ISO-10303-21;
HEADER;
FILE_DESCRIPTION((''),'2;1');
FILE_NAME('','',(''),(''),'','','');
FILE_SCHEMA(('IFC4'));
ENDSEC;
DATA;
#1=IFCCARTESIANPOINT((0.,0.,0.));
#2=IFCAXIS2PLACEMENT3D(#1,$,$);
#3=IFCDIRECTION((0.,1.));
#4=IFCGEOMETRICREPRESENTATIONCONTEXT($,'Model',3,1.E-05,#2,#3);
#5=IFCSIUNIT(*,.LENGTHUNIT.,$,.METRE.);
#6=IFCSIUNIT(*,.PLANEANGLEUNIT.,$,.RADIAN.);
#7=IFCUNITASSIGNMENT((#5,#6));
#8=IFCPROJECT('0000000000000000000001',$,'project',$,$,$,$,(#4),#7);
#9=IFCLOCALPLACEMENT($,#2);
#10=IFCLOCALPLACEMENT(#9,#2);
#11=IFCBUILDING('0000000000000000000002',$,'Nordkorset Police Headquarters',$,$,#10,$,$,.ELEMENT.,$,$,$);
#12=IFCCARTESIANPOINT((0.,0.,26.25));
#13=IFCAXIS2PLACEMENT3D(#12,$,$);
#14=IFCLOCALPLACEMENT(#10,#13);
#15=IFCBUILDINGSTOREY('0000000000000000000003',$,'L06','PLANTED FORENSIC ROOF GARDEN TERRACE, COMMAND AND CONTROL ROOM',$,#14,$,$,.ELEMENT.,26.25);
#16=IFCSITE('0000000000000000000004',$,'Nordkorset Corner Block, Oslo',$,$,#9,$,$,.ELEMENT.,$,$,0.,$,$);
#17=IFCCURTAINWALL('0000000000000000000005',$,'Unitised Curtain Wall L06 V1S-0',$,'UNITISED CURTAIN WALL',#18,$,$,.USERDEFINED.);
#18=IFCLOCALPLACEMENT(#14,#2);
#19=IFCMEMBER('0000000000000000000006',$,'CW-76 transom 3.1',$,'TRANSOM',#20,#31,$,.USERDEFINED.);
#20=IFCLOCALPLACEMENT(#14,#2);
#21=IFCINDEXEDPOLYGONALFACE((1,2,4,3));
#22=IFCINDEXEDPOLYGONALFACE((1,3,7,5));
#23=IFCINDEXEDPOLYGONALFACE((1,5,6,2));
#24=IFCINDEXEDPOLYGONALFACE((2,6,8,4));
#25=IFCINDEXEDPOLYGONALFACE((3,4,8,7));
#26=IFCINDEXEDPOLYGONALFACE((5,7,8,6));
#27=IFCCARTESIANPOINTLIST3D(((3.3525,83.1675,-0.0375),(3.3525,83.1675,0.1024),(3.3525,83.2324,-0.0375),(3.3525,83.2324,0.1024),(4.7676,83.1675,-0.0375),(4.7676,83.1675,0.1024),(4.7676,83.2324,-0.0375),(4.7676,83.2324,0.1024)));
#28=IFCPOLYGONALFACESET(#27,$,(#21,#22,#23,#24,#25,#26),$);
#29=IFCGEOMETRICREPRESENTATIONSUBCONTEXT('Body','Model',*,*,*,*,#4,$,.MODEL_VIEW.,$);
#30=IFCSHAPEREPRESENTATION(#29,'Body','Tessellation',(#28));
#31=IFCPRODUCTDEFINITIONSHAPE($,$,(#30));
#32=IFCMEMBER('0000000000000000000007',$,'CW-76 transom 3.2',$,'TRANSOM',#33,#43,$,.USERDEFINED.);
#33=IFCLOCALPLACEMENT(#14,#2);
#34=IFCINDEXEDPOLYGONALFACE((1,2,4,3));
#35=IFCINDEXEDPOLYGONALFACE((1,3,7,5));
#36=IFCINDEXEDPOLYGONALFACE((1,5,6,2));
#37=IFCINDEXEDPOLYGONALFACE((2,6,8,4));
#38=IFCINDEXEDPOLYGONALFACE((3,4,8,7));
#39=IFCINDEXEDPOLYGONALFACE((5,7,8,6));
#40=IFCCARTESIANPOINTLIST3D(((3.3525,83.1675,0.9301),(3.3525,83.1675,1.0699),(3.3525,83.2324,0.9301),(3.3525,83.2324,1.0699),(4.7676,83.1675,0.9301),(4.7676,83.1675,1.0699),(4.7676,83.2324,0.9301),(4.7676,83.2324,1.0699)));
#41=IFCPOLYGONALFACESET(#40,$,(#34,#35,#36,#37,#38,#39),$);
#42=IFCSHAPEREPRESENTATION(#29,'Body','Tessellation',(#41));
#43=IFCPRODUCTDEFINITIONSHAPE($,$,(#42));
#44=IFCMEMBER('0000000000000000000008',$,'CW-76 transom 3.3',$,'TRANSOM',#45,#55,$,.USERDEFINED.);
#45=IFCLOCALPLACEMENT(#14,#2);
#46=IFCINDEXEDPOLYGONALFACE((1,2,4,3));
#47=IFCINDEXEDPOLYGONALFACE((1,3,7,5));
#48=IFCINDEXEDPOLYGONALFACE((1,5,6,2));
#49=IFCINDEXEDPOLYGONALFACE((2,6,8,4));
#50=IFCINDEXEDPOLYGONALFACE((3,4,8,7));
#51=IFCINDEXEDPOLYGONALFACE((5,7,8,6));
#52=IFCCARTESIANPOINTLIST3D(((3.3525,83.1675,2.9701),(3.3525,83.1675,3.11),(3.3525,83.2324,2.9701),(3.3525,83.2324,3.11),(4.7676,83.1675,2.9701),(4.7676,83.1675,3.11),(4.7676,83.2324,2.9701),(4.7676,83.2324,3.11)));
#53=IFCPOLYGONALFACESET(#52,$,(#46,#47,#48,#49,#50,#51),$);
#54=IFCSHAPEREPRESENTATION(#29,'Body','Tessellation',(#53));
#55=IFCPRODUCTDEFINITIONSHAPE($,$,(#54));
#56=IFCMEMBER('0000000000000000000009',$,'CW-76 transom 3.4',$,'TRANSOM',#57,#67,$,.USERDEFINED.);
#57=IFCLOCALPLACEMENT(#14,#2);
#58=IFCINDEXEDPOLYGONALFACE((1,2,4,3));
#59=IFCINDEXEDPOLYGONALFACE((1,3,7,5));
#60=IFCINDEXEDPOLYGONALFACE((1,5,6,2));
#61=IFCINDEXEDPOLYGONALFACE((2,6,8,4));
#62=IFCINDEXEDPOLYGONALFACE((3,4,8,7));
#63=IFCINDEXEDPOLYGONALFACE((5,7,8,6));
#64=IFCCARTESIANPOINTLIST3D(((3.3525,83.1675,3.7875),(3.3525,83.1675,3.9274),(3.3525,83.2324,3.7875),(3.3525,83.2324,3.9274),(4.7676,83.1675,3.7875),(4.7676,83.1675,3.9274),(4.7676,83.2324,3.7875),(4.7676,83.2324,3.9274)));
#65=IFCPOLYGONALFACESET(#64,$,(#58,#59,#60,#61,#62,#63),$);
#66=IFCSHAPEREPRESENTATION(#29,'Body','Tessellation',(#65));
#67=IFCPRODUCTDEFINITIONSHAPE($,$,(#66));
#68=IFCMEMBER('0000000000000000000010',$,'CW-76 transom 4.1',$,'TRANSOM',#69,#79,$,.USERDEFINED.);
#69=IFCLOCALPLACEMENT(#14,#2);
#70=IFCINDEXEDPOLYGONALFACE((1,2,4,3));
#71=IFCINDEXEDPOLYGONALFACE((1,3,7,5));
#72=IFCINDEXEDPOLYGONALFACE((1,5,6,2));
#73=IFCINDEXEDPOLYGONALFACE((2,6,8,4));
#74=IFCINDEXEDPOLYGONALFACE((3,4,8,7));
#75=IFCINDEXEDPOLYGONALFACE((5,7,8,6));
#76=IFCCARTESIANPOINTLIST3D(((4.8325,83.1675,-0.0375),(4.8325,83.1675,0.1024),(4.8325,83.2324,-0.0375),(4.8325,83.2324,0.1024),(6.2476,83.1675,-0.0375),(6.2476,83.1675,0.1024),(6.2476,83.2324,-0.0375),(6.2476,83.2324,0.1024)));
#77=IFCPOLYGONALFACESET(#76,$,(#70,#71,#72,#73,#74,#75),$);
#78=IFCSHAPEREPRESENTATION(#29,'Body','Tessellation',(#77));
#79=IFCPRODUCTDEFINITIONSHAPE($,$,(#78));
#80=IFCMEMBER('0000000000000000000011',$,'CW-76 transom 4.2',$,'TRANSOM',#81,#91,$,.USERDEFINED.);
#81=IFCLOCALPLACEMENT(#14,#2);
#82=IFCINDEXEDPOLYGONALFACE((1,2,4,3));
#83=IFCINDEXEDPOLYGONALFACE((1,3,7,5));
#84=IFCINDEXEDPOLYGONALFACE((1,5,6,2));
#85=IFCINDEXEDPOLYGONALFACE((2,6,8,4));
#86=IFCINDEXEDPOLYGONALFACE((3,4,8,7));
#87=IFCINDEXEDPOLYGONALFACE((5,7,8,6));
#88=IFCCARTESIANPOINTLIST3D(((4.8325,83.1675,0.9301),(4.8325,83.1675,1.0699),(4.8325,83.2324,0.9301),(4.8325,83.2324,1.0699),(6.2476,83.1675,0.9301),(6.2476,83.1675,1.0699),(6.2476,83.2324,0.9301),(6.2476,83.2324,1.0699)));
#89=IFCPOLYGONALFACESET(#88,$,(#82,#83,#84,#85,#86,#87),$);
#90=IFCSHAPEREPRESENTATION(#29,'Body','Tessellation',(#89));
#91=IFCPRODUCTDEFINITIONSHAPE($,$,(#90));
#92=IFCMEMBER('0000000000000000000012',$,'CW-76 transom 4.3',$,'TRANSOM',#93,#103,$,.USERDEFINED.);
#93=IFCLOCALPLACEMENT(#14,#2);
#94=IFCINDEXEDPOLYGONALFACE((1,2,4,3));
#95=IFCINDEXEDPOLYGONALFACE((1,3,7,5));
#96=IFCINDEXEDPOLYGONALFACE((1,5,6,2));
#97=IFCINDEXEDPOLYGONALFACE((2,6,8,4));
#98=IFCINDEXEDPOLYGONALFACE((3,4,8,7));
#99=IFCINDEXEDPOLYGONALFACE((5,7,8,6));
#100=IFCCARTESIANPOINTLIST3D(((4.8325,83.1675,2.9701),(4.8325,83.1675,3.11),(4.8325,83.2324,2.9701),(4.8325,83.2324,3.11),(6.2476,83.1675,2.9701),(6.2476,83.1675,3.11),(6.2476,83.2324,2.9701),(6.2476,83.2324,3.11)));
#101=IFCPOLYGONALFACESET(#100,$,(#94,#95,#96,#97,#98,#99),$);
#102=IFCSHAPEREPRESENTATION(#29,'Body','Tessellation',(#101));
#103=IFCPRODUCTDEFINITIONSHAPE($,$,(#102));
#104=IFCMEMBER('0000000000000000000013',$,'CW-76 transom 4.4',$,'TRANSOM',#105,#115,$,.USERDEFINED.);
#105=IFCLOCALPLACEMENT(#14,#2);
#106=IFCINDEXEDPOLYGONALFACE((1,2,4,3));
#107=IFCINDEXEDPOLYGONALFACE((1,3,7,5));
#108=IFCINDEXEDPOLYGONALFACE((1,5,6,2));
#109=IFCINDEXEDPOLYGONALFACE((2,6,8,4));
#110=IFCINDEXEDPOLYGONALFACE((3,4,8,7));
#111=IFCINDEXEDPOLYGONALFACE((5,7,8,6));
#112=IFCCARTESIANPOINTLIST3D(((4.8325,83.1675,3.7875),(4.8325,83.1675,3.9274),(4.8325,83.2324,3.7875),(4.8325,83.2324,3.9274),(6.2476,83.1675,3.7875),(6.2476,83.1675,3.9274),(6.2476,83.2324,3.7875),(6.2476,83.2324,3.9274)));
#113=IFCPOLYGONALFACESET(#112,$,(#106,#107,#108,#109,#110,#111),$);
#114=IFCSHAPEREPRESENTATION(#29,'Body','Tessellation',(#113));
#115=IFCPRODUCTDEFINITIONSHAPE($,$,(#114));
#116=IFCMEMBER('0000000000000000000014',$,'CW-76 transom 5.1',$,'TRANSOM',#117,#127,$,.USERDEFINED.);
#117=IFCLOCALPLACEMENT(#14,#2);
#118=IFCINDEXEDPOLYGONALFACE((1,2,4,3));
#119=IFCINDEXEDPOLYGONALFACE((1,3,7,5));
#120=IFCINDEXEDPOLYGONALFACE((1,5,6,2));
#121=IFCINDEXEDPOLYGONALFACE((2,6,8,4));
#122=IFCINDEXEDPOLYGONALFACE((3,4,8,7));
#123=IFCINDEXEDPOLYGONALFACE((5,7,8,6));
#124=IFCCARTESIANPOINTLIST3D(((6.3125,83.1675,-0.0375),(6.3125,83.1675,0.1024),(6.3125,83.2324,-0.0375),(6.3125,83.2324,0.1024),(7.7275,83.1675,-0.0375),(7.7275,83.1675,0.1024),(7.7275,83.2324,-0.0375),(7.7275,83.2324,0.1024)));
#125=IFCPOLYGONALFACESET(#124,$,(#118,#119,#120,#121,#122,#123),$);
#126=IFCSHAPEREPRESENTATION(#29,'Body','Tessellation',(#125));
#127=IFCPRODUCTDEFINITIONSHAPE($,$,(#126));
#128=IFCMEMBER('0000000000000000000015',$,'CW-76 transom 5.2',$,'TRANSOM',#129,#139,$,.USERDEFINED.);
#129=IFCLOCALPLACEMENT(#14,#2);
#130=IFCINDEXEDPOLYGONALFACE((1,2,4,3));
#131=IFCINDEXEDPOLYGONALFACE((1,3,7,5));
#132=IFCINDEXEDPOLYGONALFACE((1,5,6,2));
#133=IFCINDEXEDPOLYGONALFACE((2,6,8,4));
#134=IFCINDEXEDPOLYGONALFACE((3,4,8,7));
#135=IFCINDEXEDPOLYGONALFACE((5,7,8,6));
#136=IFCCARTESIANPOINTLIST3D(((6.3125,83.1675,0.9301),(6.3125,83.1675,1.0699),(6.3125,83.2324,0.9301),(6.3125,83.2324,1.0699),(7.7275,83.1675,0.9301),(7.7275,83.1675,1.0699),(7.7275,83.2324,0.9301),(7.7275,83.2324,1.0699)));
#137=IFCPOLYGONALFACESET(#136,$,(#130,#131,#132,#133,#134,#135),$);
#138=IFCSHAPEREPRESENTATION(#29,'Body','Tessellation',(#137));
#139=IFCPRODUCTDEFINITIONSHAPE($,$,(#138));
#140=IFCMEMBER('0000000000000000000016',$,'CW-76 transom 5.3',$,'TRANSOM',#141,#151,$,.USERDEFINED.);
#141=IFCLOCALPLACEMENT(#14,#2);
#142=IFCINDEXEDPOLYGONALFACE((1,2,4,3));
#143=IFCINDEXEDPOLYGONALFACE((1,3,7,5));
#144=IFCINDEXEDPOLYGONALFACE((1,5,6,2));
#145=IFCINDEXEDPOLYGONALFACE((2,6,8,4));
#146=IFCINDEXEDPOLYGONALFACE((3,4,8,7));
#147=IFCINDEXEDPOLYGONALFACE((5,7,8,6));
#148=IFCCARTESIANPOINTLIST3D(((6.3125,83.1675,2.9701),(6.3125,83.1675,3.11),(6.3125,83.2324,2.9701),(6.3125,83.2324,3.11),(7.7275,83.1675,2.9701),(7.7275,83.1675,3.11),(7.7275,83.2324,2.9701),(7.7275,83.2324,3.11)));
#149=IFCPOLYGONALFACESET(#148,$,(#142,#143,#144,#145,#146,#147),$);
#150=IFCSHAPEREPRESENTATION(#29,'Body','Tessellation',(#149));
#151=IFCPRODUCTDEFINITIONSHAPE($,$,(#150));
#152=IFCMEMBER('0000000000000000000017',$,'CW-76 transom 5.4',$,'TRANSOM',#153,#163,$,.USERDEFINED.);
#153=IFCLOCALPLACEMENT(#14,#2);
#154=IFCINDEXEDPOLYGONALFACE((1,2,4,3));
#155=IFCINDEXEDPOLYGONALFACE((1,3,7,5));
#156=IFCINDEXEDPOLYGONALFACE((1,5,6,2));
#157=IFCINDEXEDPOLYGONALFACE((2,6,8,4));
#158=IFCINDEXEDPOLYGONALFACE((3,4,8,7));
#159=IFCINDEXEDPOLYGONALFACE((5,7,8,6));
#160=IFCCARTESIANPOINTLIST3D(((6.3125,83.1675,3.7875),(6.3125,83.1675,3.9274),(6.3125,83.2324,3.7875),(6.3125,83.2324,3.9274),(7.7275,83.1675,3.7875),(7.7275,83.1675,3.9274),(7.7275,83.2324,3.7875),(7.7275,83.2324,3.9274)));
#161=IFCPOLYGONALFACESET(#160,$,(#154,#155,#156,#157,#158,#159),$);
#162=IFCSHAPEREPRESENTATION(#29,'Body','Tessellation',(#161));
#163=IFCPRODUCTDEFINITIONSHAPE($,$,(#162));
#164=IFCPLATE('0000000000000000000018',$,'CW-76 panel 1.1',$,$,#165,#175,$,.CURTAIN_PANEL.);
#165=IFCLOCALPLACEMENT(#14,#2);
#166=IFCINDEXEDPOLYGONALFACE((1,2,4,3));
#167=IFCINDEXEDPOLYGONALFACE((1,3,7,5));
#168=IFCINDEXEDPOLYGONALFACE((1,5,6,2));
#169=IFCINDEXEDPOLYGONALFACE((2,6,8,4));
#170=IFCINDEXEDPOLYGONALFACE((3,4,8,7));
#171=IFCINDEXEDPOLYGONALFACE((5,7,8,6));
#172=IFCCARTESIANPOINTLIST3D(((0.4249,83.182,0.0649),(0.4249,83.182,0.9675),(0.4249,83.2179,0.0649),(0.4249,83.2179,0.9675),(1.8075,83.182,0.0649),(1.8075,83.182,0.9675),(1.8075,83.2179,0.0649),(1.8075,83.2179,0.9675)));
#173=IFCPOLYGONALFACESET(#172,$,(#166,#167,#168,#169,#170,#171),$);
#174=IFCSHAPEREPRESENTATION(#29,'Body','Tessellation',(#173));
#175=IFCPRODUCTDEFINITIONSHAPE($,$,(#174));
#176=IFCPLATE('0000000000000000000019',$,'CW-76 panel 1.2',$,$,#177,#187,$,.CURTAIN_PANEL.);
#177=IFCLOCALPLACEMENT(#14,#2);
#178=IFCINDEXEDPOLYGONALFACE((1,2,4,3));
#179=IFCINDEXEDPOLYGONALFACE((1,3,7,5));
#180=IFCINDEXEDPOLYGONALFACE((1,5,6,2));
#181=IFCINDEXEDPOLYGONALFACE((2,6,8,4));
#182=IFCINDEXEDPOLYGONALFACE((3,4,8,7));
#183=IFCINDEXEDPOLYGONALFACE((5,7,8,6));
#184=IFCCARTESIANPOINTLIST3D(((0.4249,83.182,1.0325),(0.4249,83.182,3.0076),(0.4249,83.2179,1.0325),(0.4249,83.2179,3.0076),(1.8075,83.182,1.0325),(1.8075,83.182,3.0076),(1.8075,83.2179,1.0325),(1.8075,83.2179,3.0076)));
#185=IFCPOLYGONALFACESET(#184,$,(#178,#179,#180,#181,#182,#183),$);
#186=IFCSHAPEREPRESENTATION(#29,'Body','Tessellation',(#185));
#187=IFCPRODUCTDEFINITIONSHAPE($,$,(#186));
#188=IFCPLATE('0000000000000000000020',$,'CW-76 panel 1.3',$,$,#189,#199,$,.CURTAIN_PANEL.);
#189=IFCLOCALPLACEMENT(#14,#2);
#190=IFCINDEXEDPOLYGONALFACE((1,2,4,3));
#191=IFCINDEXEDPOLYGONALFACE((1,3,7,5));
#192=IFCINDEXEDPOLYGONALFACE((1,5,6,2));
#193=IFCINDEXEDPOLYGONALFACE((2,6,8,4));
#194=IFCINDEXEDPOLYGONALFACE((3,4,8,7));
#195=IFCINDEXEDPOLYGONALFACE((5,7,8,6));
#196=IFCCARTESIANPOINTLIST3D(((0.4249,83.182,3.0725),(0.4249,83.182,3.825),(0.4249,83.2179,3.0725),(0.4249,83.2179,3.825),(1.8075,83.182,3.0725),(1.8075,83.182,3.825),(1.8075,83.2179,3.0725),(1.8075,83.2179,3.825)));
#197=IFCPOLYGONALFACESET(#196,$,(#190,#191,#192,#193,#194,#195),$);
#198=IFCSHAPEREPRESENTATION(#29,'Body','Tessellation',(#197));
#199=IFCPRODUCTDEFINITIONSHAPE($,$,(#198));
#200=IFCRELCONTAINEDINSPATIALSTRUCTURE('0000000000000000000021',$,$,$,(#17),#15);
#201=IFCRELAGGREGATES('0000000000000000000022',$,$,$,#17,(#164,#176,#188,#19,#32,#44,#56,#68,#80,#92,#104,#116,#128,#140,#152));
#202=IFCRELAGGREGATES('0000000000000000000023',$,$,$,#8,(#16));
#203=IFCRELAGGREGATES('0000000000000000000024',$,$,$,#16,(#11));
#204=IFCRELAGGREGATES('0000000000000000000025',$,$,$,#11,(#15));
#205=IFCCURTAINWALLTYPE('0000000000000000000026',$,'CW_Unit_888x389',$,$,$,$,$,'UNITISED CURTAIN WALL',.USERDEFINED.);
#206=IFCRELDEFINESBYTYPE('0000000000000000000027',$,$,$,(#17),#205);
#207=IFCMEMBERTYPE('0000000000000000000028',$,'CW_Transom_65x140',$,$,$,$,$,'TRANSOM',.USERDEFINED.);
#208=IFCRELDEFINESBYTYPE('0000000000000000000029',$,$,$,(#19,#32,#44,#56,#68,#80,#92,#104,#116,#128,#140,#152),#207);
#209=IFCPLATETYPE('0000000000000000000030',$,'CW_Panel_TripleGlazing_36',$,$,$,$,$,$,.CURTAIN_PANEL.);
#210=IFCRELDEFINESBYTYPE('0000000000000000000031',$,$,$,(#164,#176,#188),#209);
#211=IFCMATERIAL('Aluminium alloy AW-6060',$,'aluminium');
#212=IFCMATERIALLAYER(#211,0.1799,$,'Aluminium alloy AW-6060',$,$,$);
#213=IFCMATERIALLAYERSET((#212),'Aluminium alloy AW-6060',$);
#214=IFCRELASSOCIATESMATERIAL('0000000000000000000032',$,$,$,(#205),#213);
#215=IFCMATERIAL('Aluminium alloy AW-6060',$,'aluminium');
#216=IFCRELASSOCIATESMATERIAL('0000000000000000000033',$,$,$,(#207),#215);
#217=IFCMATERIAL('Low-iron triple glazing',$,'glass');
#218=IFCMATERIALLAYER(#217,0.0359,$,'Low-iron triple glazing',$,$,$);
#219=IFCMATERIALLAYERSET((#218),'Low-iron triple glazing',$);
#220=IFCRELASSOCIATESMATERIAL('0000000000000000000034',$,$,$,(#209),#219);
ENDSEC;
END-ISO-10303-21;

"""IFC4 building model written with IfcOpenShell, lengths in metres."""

from ifc_helpers import new_model, si_unit, direction, frame, origin, origin_2d, place, context, subcontext, project, spatial, rectangle, extrude, material, layer, layer_set, material_profile, profile_set, type_object, element, aggregate, save


model = new_model("IFC4")

# Units and contexts
model_context = context("Model", 3, precision=1e-05, world=origin(), true_north=direction((0.0, 1.0)))
body_context = subcontext(model_context, "Body", "Model", "MODEL_VIEW")
ifc_project = project(units=[si_unit("LENGTHUNIT", "METRE"), si_unit("PLANEANGLEUNIT", "RADIAN")], contexts=[model_context])

# Site, building, storey
site_placement = place(None, origin())
site = spatial("IfcSite", under=ifc_project, at=site_placement, Name="Nordkorset Corner Block, Oslo", CompositionType="ELEMENT", RefElevation=0.0)
building_placement = place(site_placement, origin())
building = spatial("IfcBuilding", under=site, at=building_placement, Name="Nordkorset Police Headquarters", CompositionType="ELEMENT")
storey_placement = place(building_placement, frame((0.0, 0.0, 26.25)))
storey = spatial("IfcBuildingStorey", under=building, at=storey_placement, Name="L06", Description="PLANTED FORENSIC ROOF GARDEN TERRACE, COMMAND AND CONTROL ROOM", CompositionType="ELEMENT", Elevation=26.25)

# Curtain wall, members, plates
ifc_material_1 = material(Name="Aluminium alloy AW-6060", Category="aluminium")
ifc_layer_1 = layer(ifc_material_1, 0.1799, Name="Aluminium alloy AW-6060")
ifc_layer_set_1 = layer_set([ifc_layer_1], Name="Aluminium alloy AW-6060")
curtain_wall_type = type_object("IfcCurtainWallType", Name="CW_Unit_888x389", ElementType="UNITISED CURTAIN WALL", PredefinedType="USERDEFINED", material=ifc_layer_set_1)
curtain_wall_placement = place(storey_placement, origin())
curtain_wall = element("IfcCurtainWall", 1, at=curtain_wall_placement, inside=storey, type_object=curtain_wall_type, Name="Unitised Curtain Wall L06 V1S-0", ObjectType="UNITISED CURTAIN WALL", PredefinedType="USERDEFINED")
ifc_material_2 = material(Name="Aluminium alloy AW-6060", Category="aluminium")
ifc_material_profile_1 = material_profile(ifc_material_2, rectangle(XDim=0.0649, YDim=0.1399, at=origin_2d()), Name="ALU TRAN 65x140")
ifc_profile_set_1 = profile_set([ifc_material_profile_1], Name="Aluminium alloy AW-6060")
member_type_1 = type_object("IfcMemberType", Name="CW_Transom_65x140", ElementType="TRANSOM", PredefinedType="USERDEFINED", material=ifc_profile_set_1)
member_1_placement = place(storey_placement, frame((3.3525, 83.2, 0.0325), z_axis=(1.0, 0.0, 0.0), x_axis=(0.0, 1.0, 0.0)))
member_1 = element("IfcMember", 2, at=member_1_placement, type_object=member_type_1, Name="CW-76 transom 3.1", ObjectType="TRANSOM", PredefinedType="USERDEFINED", context=body_context, shape_type="SweptSolid", body=[
    extrude(rectangle(XDim=0.0649, YDim=0.1399, at=origin_2d()), origin(), (0.0, 0.0, 1.0), 1.415),
])
member_2_placement = place(storey_placement, frame((3.3525, 83.2, 1.0), z_axis=(1.0, 0.0, 0.0), x_axis=(0.0, 1.0, 0.0)))
member_2 = element("IfcMember", 3, at=member_2_placement, type_object=member_type_1, Name="CW-76 transom 3.2", ObjectType="TRANSOM", PredefinedType="USERDEFINED", context=body_context, shape_type="SweptSolid", body=[
    extrude(rectangle(XDim=0.0649, YDim=0.1399, at=origin_2d()), origin(), (0.0, 0.0, 1.0), 1.415),
])
member_3_placement = place(storey_placement, frame((3.3525, 83.2, 3.04), z_axis=(1.0, 0.0, 0.0), x_axis=(0.0, 1.0, 0.0)))
member_3 = element("IfcMember", 4, at=member_3_placement, type_object=member_type_1, Name="CW-76 transom 3.3", ObjectType="TRANSOM", PredefinedType="USERDEFINED", context=body_context, shape_type="SweptSolid", body=[
    extrude(rectangle(XDim=0.0649, YDim=0.1399, at=origin_2d()), origin(), (0.0, 0.0, 1.0), 1.415),
])
member_4_placement = place(storey_placement, frame((3.3525, 83.2, 3.8574), z_axis=(1.0, 0.0, 0.0), x_axis=(0.0, 1.0, 0.0)))
member_4 = element("IfcMember", 5, at=member_4_placement, type_object=member_type_1, Name="CW-76 transom 3.4", ObjectType="TRANSOM", PredefinedType="USERDEFINED", context=body_context, shape_type="SweptSolid", body=[
    extrude(rectangle(XDim=0.0649, YDim=0.1399, at=origin_2d()), origin(), (0.0, 0.0, 1.0), 1.415),
])
member_5_placement = place(storey_placement, frame((4.8325, 83.2, 0.0325), z_axis=(1.0, 0.0, 0.0), x_axis=(0.0, 1.0, 0.0)))
member_5 = element("IfcMember", 6, at=member_5_placement, type_object=member_type_1, Name="CW-76 transom 4.1", ObjectType="TRANSOM", PredefinedType="USERDEFINED", context=body_context, shape_type="SweptSolid", body=[
    extrude(rectangle(XDim=0.0649, YDim=0.1399, at=origin_2d()), origin(), (0.0, 0.0, 1.0), 1.415),
])
member_6_placement = place(storey_placement, frame((4.8325, 83.2, 1.0), z_axis=(1.0, 0.0, 0.0), x_axis=(0.0, 1.0, 0.0)))
member_6 = element("IfcMember", 7, at=member_6_placement, type_object=member_type_1, Name="CW-76 transom 4.2", ObjectType="TRANSOM", PredefinedType="USERDEFINED", context=body_context, shape_type="SweptSolid", body=[
    extrude(rectangle(XDim=0.0649, YDim=0.1399, at=origin_2d()), origin(), (0.0, 0.0, 1.0), 1.415),
])
member_7_placement = place(storey_placement, frame((4.8325, 83.2, 3.04), z_axis=(1.0, 0.0, 0.0), x_axis=(0.0, 1.0, 0.0)))
member_7 = element("IfcMember", 8, at=member_7_placement, type_object=member_type_1, Name="CW-76 transom 4.3", ObjectType="TRANSOM", PredefinedType="USERDEFINED", context=body_context, shape_type="SweptSolid", body=[
    extrude(rectangle(XDim=0.0649, YDim=0.1399, at=origin_2d()), origin(), (0.0, 0.0, 1.0), 1.415),
])
member_8_placement = place(storey_placement, frame((4.8325, 83.2, 3.8574), z_axis=(1.0, 0.0, 0.0), x_axis=(0.0, 1.0, 0.0)))
member_8 = element("IfcMember", 9, at=member_8_placement, type_object=member_type_1, Name="CW-76 transom 4.4", ObjectType="TRANSOM", PredefinedType="USERDEFINED", context=body_context, shape_type="SweptSolid", body=[
    extrude(rectangle(XDim=0.0649, YDim=0.1399, at=origin_2d()), origin(), (0.0, 0.0, 1.0), 1.415),
])
member_9_placement = place(storey_placement, frame((6.3125, 83.2, 0.0325), z_axis=(1.0, 0.0, 0.0), x_axis=(0.0, 1.0, 0.0)))
member_9 = element("IfcMember", 10, at=member_9_placement, type_object=member_type_1, Name="CW-76 transom 5.1", ObjectType="TRANSOM", PredefinedType="USERDEFINED", context=body_context, shape_type="SweptSolid", body=[
    extrude(rectangle(XDim=0.0649, YDim=0.1399, at=origin_2d()), origin(), (0.0, 0.0, 1.0), 1.415),
])
member_10_placement = place(storey_placement, frame((6.3125, 83.2, 1.0), z_axis=(1.0, 0.0, 0.0), x_axis=(0.0, 1.0, 0.0)))
member_10 = element("IfcMember", 11, at=member_10_placement, type_object=member_type_1, Name="CW-76 transom 5.2", ObjectType="TRANSOM", PredefinedType="USERDEFINED", context=body_context, shape_type="SweptSolid", body=[
    extrude(rectangle(XDim=0.0649, YDim=0.1399, at=origin_2d()), origin(), (0.0, 0.0, 1.0), 1.415),
])
member_11_placement = place(storey_placement, frame((6.3125, 83.2, 3.04), z_axis=(1.0, 0.0, 0.0), x_axis=(0.0, 1.0, 0.0)))
member_11 = element("IfcMember", 12, at=member_11_placement, type_object=member_type_1, Name="CW-76 transom 5.3", ObjectType="TRANSOM", PredefinedType="USERDEFINED", context=body_context, shape_type="SweptSolid", body=[
    extrude(rectangle(XDim=0.0649, YDim=0.1399, at=origin_2d()), origin(), (0.0, 0.0, 1.0), 1.415),
])
member_12_placement = place(storey_placement, frame((6.3125, 83.2, 3.8574), z_axis=(1.0, 0.0, 0.0), x_axis=(0.0, 1.0, 0.0)))
member_12 = element("IfcMember", 13, at=member_12_placement, type_object=member_type_1, Name="CW-76 transom 5.4", ObjectType="TRANSOM", PredefinedType="USERDEFINED", context=body_context, shape_type="SweptSolid", body=[
    extrude(rectangle(XDim=0.0649, YDim=0.1399, at=origin_2d()), origin(), (0.0, 0.0, 1.0), 1.415),
])
ifc_material_3 = material(Name="Low-iron triple glazing", Category="glass")
ifc_layer_2 = layer(ifc_material_3, 0.0359, Name="Low-iron triple glazing")
ifc_layer_set_2 = layer_set([ifc_layer_2], Name="Low-iron triple glazing")
plate_type = type_object("IfcPlateType", Name="CW_Panel_TripleGlazing_36", PredefinedType="CURTAIN_PANEL", material=ifc_layer_set_2)
plate_1_placement = place(storey_placement, frame((1.1162, 83.2, 0.0649), z_axis=(0.0, 0.0, 1.0), x_axis=(1.0, 0.0, 0.0)))
plate_1 = element("IfcPlate", 14, at=plate_1_placement, type_object=plate_type, Name="CW-76 panel 1.1", PredefinedType="CURTAIN_PANEL", context=body_context, shape_type="SweptSolid", body=[
    extrude(rectangle(XDim=1.3826, YDim=0.0359, at=origin_2d()), origin(), (0.0, 0.0, 1.0), 0.9026),
])
plate_2_placement = place(storey_placement, frame((1.1162, 83.2, 1.0325), z_axis=(0.0, 0.0, 1.0), x_axis=(1.0, 0.0, 0.0)))
plate_2 = element("IfcPlate", 15, at=plate_2_placement, type_object=plate_type, Name="CW-76 panel 1.2", PredefinedType="CURTAIN_PANEL", context=body_context, shape_type="SweptSolid", body=[
    extrude(rectangle(XDim=1.3826, YDim=0.0359, at=origin_2d()), origin(), (0.0, 0.0, 1.0), 1.9751),
])
plate_3_placement = place(storey_placement, frame((1.1162, 83.2, 3.0725), z_axis=(0.0, 0.0, 1.0), x_axis=(1.0, 0.0, 0.0)))
plate_3 = element("IfcPlate", 16, at=plate_3_placement, type_object=plate_type, Name="CW-76 panel 1.3", PredefinedType="CURTAIN_PANEL", context=body_context, shape_type="SweptSolid", body=[
    extrude(rectangle(XDim=1.3826, YDim=0.0359, at=origin_2d()), origin(), (0.0, 0.0, 1.0), 0.7524),
])
aggregate(curtain_wall, [plate_1, plate_2, plate_3, member_1, member_2, member_3, member_4, member_5, member_6, member_7, member_8, member_9, member_10, member_11, member_12])

save(model, "model.ifc")
